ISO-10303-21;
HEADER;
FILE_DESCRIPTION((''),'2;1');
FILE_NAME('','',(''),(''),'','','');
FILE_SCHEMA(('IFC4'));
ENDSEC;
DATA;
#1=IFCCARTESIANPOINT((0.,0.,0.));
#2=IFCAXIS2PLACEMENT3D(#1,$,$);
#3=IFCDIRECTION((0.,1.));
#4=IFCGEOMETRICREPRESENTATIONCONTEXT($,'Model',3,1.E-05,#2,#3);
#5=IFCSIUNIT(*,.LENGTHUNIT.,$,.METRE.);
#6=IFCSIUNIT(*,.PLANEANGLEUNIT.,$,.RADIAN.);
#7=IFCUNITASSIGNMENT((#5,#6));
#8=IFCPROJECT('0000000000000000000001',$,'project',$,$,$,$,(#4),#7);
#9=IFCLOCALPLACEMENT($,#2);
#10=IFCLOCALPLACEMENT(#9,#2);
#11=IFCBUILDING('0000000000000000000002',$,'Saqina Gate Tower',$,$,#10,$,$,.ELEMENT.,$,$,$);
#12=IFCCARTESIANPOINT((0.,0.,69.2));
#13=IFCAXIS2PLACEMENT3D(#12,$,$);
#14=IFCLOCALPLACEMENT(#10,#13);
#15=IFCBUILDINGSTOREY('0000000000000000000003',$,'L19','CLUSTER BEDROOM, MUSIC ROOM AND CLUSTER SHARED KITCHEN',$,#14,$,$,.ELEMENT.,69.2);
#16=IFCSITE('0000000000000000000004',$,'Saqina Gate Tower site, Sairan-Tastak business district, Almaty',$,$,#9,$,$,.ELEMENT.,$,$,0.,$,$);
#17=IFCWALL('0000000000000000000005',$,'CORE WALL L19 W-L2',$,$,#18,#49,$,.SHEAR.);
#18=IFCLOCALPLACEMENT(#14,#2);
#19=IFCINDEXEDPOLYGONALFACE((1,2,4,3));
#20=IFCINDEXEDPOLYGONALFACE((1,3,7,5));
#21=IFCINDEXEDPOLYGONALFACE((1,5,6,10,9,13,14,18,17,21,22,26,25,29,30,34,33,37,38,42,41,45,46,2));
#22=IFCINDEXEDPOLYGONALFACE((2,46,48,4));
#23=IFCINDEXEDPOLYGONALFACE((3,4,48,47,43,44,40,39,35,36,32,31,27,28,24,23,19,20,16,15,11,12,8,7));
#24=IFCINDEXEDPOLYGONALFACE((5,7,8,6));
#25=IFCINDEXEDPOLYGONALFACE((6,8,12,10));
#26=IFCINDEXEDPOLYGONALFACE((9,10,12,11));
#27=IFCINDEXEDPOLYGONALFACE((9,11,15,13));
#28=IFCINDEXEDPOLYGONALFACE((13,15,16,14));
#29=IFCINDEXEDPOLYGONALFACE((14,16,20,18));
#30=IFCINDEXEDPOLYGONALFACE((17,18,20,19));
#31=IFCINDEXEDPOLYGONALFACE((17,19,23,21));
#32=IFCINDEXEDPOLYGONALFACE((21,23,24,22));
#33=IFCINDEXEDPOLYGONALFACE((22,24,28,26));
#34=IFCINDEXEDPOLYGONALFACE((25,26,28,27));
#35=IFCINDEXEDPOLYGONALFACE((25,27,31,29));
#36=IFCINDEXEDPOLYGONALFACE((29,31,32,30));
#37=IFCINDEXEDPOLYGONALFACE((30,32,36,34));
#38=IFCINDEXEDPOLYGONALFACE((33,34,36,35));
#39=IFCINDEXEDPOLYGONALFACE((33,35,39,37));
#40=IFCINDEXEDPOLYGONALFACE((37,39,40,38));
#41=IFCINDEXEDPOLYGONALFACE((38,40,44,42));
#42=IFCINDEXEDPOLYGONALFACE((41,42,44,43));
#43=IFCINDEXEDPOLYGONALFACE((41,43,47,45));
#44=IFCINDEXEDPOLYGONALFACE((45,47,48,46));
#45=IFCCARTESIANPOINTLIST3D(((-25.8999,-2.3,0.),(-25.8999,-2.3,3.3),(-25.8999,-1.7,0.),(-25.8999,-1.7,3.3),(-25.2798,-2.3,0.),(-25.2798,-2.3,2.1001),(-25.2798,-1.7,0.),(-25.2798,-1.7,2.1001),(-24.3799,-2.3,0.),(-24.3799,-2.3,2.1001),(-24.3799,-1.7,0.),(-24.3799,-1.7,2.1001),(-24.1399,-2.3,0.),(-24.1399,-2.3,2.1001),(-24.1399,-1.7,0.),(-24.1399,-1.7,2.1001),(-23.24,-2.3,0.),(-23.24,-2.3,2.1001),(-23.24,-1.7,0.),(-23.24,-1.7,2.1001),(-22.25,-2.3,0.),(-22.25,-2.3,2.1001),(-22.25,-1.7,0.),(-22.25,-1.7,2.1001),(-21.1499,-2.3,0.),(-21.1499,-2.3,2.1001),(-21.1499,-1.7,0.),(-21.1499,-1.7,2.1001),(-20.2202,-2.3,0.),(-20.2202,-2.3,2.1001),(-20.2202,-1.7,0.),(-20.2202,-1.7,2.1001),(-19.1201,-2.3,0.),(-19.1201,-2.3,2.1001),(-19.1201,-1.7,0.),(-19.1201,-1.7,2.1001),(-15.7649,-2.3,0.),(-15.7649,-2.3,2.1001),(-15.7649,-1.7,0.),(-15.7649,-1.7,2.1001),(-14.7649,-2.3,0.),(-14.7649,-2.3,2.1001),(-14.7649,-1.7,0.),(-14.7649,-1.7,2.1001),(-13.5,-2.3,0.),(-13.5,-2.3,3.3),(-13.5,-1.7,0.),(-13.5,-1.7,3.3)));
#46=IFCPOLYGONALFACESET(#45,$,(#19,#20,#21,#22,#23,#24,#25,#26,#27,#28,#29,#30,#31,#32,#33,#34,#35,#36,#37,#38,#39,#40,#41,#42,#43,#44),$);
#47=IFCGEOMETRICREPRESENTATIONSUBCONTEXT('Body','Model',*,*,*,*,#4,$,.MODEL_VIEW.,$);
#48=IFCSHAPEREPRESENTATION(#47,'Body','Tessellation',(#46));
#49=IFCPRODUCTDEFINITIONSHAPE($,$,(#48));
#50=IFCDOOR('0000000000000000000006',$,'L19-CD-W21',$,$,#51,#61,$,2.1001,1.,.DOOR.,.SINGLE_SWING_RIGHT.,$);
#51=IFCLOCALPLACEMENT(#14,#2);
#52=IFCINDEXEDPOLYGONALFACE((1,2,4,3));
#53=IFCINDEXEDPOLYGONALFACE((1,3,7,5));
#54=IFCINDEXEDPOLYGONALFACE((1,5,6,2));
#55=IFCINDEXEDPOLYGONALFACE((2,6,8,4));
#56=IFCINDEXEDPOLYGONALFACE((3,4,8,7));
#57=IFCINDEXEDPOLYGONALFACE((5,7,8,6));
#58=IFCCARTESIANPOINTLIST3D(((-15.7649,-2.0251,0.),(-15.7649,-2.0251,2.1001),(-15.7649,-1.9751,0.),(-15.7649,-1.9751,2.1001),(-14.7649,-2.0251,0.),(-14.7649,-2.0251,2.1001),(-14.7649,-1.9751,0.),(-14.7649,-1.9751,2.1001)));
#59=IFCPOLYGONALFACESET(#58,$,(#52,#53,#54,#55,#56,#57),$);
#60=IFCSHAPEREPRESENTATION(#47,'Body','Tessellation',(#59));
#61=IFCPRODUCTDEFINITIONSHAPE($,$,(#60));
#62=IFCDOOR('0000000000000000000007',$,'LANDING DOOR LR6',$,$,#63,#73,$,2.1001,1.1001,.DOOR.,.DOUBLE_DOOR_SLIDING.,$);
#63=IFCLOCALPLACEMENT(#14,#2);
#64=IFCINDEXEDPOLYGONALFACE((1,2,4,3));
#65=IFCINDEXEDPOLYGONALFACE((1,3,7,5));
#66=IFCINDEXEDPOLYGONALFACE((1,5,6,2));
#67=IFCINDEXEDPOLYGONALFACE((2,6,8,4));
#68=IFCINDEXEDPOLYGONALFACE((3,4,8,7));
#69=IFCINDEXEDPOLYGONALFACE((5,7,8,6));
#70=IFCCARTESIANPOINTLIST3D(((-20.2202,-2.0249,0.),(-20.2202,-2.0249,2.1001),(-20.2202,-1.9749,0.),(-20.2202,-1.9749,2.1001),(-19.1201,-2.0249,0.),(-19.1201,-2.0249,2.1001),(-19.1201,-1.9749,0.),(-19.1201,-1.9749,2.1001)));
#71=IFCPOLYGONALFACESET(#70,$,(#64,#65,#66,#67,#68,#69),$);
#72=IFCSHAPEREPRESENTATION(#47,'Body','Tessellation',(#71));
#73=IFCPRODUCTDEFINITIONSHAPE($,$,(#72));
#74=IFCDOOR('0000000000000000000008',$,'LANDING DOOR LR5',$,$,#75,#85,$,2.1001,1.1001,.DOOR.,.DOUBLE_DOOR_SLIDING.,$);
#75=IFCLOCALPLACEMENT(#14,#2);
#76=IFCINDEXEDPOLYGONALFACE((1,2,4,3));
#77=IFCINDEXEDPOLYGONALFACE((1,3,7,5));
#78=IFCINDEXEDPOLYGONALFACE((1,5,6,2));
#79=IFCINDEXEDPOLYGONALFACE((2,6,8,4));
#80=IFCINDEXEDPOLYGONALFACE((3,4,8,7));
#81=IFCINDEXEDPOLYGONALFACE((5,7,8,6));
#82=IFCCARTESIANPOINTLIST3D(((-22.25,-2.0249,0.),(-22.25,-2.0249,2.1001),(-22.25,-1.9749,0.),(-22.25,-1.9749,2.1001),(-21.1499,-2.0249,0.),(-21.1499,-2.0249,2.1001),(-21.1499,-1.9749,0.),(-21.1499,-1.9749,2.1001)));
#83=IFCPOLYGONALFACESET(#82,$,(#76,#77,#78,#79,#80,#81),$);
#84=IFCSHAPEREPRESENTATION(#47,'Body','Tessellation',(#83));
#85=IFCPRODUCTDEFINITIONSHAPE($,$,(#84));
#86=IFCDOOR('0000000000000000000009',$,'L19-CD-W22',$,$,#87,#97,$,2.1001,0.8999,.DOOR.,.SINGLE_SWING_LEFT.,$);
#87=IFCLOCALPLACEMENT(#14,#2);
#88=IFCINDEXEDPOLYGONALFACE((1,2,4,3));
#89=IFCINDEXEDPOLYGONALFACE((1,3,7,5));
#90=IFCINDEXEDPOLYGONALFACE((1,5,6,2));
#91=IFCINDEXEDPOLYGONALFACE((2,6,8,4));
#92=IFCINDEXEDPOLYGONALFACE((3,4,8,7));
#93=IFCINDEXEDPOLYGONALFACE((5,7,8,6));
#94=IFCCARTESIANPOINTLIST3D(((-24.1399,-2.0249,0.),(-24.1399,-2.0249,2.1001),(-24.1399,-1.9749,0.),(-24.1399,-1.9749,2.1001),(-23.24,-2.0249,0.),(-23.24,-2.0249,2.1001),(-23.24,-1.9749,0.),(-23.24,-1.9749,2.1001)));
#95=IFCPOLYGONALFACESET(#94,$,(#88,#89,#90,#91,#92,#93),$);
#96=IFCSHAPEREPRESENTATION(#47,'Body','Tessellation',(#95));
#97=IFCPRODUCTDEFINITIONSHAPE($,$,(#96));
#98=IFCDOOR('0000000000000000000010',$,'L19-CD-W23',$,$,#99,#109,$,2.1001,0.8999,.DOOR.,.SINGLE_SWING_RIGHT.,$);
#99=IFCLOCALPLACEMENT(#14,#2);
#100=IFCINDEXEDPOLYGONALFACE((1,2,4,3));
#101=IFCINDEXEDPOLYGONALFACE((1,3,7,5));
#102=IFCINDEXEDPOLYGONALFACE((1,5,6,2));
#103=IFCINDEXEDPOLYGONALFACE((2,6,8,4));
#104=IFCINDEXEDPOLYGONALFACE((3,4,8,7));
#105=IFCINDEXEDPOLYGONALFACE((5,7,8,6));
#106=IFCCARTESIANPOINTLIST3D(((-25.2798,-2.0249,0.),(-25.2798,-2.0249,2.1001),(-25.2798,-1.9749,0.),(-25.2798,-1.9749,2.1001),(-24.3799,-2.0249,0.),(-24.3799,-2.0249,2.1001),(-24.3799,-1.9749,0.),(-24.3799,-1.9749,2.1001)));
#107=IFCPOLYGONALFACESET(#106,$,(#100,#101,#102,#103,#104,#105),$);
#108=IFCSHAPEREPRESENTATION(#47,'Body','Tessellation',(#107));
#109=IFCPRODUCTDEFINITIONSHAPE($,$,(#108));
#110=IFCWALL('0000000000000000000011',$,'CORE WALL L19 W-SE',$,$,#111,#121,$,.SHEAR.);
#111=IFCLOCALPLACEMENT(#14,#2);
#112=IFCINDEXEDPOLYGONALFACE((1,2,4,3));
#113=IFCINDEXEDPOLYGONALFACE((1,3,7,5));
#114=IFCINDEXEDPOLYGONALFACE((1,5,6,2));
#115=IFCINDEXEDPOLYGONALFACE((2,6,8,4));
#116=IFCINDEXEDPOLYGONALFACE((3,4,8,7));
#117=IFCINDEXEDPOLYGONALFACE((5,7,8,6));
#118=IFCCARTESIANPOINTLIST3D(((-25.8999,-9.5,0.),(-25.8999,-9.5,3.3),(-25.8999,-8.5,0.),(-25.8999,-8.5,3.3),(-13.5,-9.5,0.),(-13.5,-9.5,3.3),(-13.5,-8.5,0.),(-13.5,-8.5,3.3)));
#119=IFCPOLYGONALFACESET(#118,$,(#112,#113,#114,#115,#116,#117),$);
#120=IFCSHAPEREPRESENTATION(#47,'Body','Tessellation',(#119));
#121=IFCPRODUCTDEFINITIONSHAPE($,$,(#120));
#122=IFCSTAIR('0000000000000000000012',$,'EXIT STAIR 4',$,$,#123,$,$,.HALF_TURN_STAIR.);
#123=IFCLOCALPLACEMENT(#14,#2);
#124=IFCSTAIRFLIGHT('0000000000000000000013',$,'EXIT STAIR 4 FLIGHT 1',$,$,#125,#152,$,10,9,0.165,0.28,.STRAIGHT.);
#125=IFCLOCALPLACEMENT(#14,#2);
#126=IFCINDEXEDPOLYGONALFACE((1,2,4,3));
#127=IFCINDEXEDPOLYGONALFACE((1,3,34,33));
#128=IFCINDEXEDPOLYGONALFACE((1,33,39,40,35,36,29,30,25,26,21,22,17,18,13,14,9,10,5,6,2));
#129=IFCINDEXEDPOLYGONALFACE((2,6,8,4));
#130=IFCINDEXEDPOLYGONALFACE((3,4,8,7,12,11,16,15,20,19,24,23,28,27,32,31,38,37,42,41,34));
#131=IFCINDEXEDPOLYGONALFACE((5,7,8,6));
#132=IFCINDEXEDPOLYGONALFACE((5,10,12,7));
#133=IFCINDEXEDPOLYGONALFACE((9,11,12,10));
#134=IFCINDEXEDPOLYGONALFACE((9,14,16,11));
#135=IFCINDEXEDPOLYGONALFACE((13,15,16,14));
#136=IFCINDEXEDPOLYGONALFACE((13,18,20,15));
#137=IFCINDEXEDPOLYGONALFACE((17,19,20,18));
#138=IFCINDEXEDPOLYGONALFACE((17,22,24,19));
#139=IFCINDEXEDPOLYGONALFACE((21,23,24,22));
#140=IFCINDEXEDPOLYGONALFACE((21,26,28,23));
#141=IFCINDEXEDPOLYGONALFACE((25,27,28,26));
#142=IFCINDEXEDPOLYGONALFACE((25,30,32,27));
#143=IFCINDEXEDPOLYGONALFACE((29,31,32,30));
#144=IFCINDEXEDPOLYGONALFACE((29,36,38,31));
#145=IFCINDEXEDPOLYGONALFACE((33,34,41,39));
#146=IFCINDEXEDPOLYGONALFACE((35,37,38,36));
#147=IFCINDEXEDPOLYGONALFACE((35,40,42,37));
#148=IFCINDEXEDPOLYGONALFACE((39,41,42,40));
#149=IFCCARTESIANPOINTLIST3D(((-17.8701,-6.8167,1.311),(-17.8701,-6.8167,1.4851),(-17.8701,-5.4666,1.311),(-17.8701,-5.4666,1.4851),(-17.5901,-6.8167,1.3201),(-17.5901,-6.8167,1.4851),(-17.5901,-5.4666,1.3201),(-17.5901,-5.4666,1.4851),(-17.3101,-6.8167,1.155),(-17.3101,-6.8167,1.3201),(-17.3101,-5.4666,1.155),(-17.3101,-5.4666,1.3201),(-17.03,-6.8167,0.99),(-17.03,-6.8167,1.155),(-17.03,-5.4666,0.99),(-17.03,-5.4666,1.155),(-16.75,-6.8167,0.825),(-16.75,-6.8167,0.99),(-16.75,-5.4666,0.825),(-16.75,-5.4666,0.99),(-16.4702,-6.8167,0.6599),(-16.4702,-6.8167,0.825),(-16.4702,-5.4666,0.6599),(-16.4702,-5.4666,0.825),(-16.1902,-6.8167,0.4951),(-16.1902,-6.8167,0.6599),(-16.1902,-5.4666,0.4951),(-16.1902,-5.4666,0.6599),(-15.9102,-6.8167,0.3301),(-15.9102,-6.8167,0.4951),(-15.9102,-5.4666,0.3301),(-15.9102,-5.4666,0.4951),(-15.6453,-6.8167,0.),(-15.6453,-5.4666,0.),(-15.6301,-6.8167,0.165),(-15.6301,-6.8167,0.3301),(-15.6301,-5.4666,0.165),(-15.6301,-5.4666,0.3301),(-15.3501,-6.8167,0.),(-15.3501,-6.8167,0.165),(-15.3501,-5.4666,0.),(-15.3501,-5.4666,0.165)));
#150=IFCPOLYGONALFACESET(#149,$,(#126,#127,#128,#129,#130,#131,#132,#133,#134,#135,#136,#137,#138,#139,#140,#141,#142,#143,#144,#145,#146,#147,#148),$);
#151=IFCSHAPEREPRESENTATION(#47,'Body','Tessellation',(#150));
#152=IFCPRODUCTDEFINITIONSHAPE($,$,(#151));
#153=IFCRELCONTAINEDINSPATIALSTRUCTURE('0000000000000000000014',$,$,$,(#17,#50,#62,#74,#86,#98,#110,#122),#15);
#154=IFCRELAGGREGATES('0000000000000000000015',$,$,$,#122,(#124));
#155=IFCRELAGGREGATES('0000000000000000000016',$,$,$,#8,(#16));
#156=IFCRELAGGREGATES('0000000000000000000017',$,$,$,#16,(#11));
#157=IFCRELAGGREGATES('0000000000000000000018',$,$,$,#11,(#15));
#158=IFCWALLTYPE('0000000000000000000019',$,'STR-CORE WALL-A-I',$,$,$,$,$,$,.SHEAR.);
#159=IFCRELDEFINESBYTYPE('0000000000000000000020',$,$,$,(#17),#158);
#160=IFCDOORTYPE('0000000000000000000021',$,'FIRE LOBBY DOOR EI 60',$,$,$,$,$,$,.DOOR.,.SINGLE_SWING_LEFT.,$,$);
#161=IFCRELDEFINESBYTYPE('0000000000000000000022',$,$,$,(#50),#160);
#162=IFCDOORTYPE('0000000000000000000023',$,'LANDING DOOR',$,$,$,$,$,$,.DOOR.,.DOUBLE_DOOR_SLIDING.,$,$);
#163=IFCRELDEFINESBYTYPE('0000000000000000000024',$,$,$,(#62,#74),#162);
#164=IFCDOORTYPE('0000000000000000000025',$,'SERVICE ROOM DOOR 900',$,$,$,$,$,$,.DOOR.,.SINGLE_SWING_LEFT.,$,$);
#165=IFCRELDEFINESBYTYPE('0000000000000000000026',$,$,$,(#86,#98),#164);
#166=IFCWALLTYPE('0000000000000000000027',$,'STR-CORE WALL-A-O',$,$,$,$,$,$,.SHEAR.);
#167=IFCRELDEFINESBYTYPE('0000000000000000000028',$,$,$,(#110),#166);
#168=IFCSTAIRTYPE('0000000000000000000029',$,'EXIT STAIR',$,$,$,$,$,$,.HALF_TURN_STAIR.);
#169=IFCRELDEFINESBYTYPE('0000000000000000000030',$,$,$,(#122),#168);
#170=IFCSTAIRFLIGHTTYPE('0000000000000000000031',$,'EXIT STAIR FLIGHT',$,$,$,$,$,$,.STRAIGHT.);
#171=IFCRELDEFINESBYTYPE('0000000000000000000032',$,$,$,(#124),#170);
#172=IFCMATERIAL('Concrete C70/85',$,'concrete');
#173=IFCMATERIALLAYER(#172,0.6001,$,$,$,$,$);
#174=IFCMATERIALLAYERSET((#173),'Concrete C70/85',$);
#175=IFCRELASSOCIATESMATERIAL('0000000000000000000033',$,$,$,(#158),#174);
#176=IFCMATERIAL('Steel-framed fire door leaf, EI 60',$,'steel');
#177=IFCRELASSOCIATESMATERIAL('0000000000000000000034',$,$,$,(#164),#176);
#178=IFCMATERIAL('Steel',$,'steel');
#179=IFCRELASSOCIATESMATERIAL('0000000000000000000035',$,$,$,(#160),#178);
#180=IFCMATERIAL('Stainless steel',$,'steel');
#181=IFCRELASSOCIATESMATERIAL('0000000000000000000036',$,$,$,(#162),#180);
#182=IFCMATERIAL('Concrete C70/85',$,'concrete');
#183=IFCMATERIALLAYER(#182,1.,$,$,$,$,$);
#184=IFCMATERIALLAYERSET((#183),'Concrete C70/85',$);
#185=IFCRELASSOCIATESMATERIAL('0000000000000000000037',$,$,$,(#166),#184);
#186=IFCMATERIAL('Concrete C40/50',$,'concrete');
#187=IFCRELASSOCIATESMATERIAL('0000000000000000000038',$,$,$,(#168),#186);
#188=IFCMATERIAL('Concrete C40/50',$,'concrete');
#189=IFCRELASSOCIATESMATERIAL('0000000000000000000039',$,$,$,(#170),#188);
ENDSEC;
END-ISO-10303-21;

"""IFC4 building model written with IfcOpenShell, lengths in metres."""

from ifc_helpers import new_model, si_unit, direction, frame, frame_2d, origin, place, context, subcontext, project, spatial, polyline, rectangle, outline, extrude, material, layer, layer_set, type_object, element, fill, aggregate, save


model = new_model("IFC4")

# Units and contexts
model_context = context("Model", 3, precision=1e-05, world=origin(), true_north=direction((0.0, 1.0)))
body_context = subcontext(model_context, "Body", "Model", "MODEL_VIEW")
ifc_project = project(units=[si_unit("LENGTHUNIT", "METRE"), si_unit("PLANEANGLEUNIT", "RADIAN")], contexts=[model_context])

# Site, building, storey
site_placement = place(None, origin())
site = spatial("IfcSite", under=ifc_project, at=site_placement, Name="Saqina Gate Tower site, Sairan-Tastak business district, Almaty", CompositionType="ELEMENT", RefElevation=0.0)
building_placement = place(site_placement, origin())
building = spatial("IfcBuilding", under=site, at=building_placement, Name="Saqina Gate Tower", CompositionType="ELEMENT")
storey_placement = place(building_placement, frame((0.0, 0.0, 69.2)))
storey = spatial("IfcBuildingStorey", under=building, at=storey_placement, Name="L19", Description="CLUSTER BEDROOM, MUSIC ROOM AND CLUSTER SHARED KITCHEN", CompositionType="ELEMENT", Elevation=69.2)

# Wall, openings, doors
ifc_material_1 = material(Name="Concrete C70/85", Category="concrete")
ifc_layer_1 = layer(ifc_material_1, 0.6001)
ifc_layer_set_1 = layer_set([ifc_layer_1], Name="Concrete C70/85")
wall_type_1 = type_object("IfcWallType", Name="STR-CORE WALL-A-I", PredefinedType="SHEAR", material=ifc_layer_set_1)
ifc_material_2 = material(Name="Steel-framed fire door leaf, EI 60", Category="steel")
door_type_1 = type_object("IfcDoorType", Name="SERVICE ROOM DOOR 900", OperationType="SINGLE_SWING_LEFT", PredefinedType="DOOR", material=ifc_material_2)
wall_1_placement = place(storey_placement, frame((-13.5, -2.0, 0.0), z_axis=(0.0, 0.0, 1.0), x_axis=(-1.0, 0.0, 0.0)))
wall_1 = element("IfcWall", 1, at=wall_1_placement, inside=storey, type_object=wall_type_1, Name="CORE WALL L19 W-L2", PredefinedType="SHEAR", context=body_context, shape_type="SweptSolid", body=[
    extrude(rectangle(XDim=12.3999, YDim=0.6001, at=frame_2d((6.2, 0.0))), origin(), (0.0, 0.0, 1.0), 3.3),
])
opening_1_placement = place(wall_1_placement, frame((5.6201, 0.0, 0.0)))
opening_1 = element("IfcOpeningElement", 2, at=opening_1_placement, cuts=wall_1, PredefinedType="OPENING", context=body_context, shape_type="SweptSolid", body=[
    extrude(rectangle(XDim=1.1001, YDim=2.1001, at=frame_2d((0.55, 1.05))), frame((0.0, 0.312, 0.0), z_axis=(0.0, -1.0, 0.0), x_axis=(1.0, 0.0, 0.0)), (0.0, 0.0, 1.0), 0.624),
])
opening_2_placement = place(wall_1_placement, frame((7.6499, 0.0, 0.0)))
opening_2 = element("IfcOpeningElement", 3, at=opening_2_placement, cuts=wall_1, PredefinedType="OPENING", context=body_context, shape_type="SweptSolid", body=[
    extrude(rectangle(XDim=1.1001, YDim=2.1001, at=frame_2d((0.55, 1.05))), frame((0.0, 0.312, 0.0), z_axis=(0.0, -1.0, 0.0), x_axis=(1.0, 0.0, 0.0)), (0.0, 0.0, 1.0), 0.624),
])
opening_3_placement = place(wall_1_placement, frame((1.2649, 0.0, 0.0)))
opening_3 = element("IfcOpeningElement", 4, at=opening_3_placement, cuts=wall_1, PredefinedType="OPENING", context=body_context, shape_type="SweptSolid", body=[
    extrude(rectangle(XDim=1.0, YDim=2.1001, at=frame_2d((0.5, 1.05))), frame((0.0, 0.312, 0.0), z_axis=(0.0, -1.0, 0.0), x_axis=(1.0, 0.0, 0.0)), (0.0, 0.0, 1.0), 0.624),
])
opening_4_placement = place(wall_1_placement, frame((9.74, 0.0, 0.0)))
opening_4 = element("IfcOpeningElement", 5, at=opening_4_placement, cuts=wall_1, PredefinedType="OPENING", context=body_context, shape_type="SweptSolid", body=[
    extrude(rectangle(XDim=0.8999, YDim=2.1001, at=frame_2d((0.45, 1.05))), frame((0.0, 0.312, 0.0), z_axis=(0.0, -1.0, 0.0), x_axis=(1.0, 0.0, 0.0)), (0.0, 0.0, 1.0), 0.624),
])
opening_5_placement = place(wall_1_placement, frame((10.8799, 0.0, 0.0)))
opening_5 = element("IfcOpeningElement", 6, at=opening_5_placement, cuts=wall_1, PredefinedType="OPENING", context=body_context, shape_type="SweptSolid", body=[
    extrude(rectangle(XDim=0.8999, YDim=2.1001, at=frame_2d((0.45, 1.05))), frame((0.0, 0.312, 0.0), z_axis=(0.0, -1.0, 0.0), x_axis=(1.0, 0.0, 0.0)), (0.0, 0.0, 1.0), 0.624),
])
ifc_material_3 = material(Name="Steel", Category="steel")
door_type_2 = type_object("IfcDoorType", Name="FIRE LOBBY DOOR EI 60", OperationType="SINGLE_SWING_LEFT", PredefinedType="DOOR", material=ifc_material_3)
door_1_placement = place(opening_3_placement, frame((1.0, 0.0, 0.0), z_axis=(0.0, 0.0, 1.0), x_axis=(-1.0, 0.0, 0.0)))
door_1 = element("IfcDoor", 7, at=door_1_placement, inside=storey, type_object=door_type_2, Name="L19-CD-W21", OperationType="SINGLE_SWING_RIGHT", OverallHeight=2.1001, OverallWidth=1.0, PredefinedType="DOOR", context=body_context, shape_type="SweptSolid", body=[
    extrude(rectangle(XDim=1.0, YDim=2.1001, at=frame_2d((0.5, 1.05))), frame((0.0, 0.0249, 0.0), z_axis=(0.0, -1.0, 0.0), x_axis=(1.0, 0.0, 0.0)), (0.0, 0.0, 1.0), 0.05),
])
fill(opening_3, door_1)
ifc_material_4 = material(Name="Stainless steel", Category="steel")
door_type_3 = type_object("IfcDoorType", Name="LANDING DOOR", OperationType="DOUBLE_DOOR_SLIDING", PredefinedType="DOOR", material=ifc_material_4)
door_2_placement = place(opening_1_placement, origin())
door_2 = element("IfcDoor", 8, at=door_2_placement, inside=storey, type_object=door_type_3, Name="LANDING DOOR LR6", OperationType="DOUBLE_DOOR_SLIDING", OverallHeight=2.1001, OverallWidth=1.1001, PredefinedType="DOOR", context=body_context, shape_type="SweptSolid", body=[
    extrude(rectangle(XDim=1.1001, YDim=2.1001, at=frame_2d((0.55, 1.05))), frame((0.0, 0.0249, 0.0), z_axis=(0.0, -1.0, 0.0), x_axis=(1.0, 0.0, 0.0)), (0.0, 0.0, 1.0), 0.05),
])
fill(opening_1, door_2)
door_3_placement = place(opening_2_placement, origin())
door_3 = element("IfcDoor", 9, at=door_3_placement, inside=storey, type_object=door_type_3, Name="LANDING DOOR LR5", OperationType="DOUBLE_DOOR_SLIDING", OverallHeight=2.1001, OverallWidth=1.1001, PredefinedType="DOOR", context=body_context, shape_type="SweptSolid", body=[
    extrude(rectangle(XDim=1.1001, YDim=2.1001, at=frame_2d((0.55, 1.05))), frame((0.0, 0.0249, 0.0), z_axis=(0.0, -1.0, 0.0), x_axis=(1.0, 0.0, 0.0)), (0.0, 0.0, 1.0), 0.05),
])
fill(opening_2, door_3)
door_4_placement = place(opening_4_placement, origin())
door_4 = element("IfcDoor", 10, at=door_4_placement, inside=storey, type_object=door_type_1, Name="L19-CD-W22", OperationType="SINGLE_SWING_LEFT", OverallHeight=2.1001, OverallWidth=0.8999, PredefinedType="DOOR", context=body_context, shape_type="SweptSolid", body=[
    extrude(rectangle(XDim=0.8999, YDim=2.1001, at=frame_2d((0.45, 1.05))), frame((0.0, 0.0249, 0.0), z_axis=(0.0, -1.0, 0.0), x_axis=(1.0, 0.0, 0.0)), (0.0, 0.0, 1.0), 0.05),
])
fill(opening_4, door_4)
door_5_placement = place(opening_5_placement, origin())
door_5 = element("IfcDoor", 11, at=door_5_placement, inside=storey, type_object=door_type_1, Name="L19-CD-W23", OperationType="SINGLE_SWING_RIGHT", OverallHeight=2.1001, OverallWidth=0.8999, PredefinedType="DOOR", context=body_context, shape_type="SweptSolid", body=[
    extrude(rectangle(XDim=0.8999, YDim=2.1001, at=frame_2d((0.45, 1.05))), frame((0.0, 0.0249, 0.0), z_axis=(0.0, -1.0, 0.0), x_axis=(1.0, 0.0, 0.0)), (0.0, 0.0, 1.0), 0.05),
])
fill(opening_5, door_5)
ifc_material_5 = material(Name="Concrete C70/85", Category="concrete")
ifc_layer_2 = layer(ifc_material_5, 1.0)
ifc_layer_set_2 = layer_set([ifc_layer_2], Name="Concrete C70/85")
wall_type_2 = type_object("IfcWallType", Name="STR-CORE WALL-A-O", PredefinedType="SHEAR", material=ifc_layer_set_2)

# Wall
wall_2_placement = place(storey_placement, frame((-13.5, -9.0, 0.0), z_axis=(0.0, 0.0, 1.0), x_axis=(-1.0, 0.0, 0.0)))
element("IfcWall", 12, at=wall_2_placement, inside=storey, type_object=wall_type_2, Name="CORE WALL L19 W-SE", PredefinedType="SHEAR", context=body_context, shape_type="SweptSolid", body=[
    extrude(rectangle(XDim=12.3999, YDim=1.0, at=frame_2d((6.2, 0.0))), origin(), (0.0, 0.0, 1.0), 3.3),
])

# Stair, stair flight
ifc_material_6 = material(Name="Concrete C40/50", Category="concrete")
stair_type = type_object("IfcStairType", Name="EXIT STAIR", PredefinedType="HALF_TURN_STAIR", material=ifc_material_6)
stair_placement = place(storey_placement, origin())
stair = element("IfcStair", 13, at=stair_placement, inside=storey, type_object=stair_type, Name="EXIT STAIR 4", PredefinedType="HALF_TURN_STAIR")
ifc_material_7 = material(Name="Concrete C40/50", Category="concrete")
stair_flight_type = type_object("IfcStairFlightType", Name="EXIT STAIR FLIGHT", PredefinedType="STRAIGHT", material=ifc_material_7)
stair_flight_placement = place(storey_placement, frame((-15.3501, -6.1416, 0.0), z_axis=(0.0, 0.0, 1.0), x_axis=(-1.0, 0.0, 0.0)))
stair_flight = element("IfcStairFlight", 14, at=stair_flight_placement, type_object=stair_flight_type, Name="EXIT STAIR 4 FLIGHT 1", NumberOfRisers=10, NumberOfTreads=9, PredefinedType="STRAIGHT", RiserHeight=0.165, TreadLength=0.28, context=body_context, shape_type="SweptSolid", body=[
    extrude(outline(polyline([(0.0, 0.0), (0.0, 0.165), (0.28, 0.165), (0.28, 0.3301), (0.5601, 0.3301), (0.5601, 0.4951), (0.8401, 0.4951), (0.8401, 0.6599), (1.1201, 0.6599), (1.1201, 0.825), (1.3999, 0.825), (1.3999, 0.99), (1.6799, 0.99), (1.6799, 1.155), (1.96, 1.155), (1.96, 1.3201), (2.24, 1.3201), (2.24, 1.4851), (2.52, 1.4851), (2.52, 1.6499), (2.52, 1.311), (0.2952, 0.0), (0.0, 0.0)])), frame((0.0, 0.675, 0.0), z_axis=(0.0, -1.0, 0.0), x_axis=(1.0, 0.0, 0.0)), (0.0, 0.0, 1.0), 1.3501),
])
aggregate(stair, [stair_flight])

save(model, "model.ifc")
